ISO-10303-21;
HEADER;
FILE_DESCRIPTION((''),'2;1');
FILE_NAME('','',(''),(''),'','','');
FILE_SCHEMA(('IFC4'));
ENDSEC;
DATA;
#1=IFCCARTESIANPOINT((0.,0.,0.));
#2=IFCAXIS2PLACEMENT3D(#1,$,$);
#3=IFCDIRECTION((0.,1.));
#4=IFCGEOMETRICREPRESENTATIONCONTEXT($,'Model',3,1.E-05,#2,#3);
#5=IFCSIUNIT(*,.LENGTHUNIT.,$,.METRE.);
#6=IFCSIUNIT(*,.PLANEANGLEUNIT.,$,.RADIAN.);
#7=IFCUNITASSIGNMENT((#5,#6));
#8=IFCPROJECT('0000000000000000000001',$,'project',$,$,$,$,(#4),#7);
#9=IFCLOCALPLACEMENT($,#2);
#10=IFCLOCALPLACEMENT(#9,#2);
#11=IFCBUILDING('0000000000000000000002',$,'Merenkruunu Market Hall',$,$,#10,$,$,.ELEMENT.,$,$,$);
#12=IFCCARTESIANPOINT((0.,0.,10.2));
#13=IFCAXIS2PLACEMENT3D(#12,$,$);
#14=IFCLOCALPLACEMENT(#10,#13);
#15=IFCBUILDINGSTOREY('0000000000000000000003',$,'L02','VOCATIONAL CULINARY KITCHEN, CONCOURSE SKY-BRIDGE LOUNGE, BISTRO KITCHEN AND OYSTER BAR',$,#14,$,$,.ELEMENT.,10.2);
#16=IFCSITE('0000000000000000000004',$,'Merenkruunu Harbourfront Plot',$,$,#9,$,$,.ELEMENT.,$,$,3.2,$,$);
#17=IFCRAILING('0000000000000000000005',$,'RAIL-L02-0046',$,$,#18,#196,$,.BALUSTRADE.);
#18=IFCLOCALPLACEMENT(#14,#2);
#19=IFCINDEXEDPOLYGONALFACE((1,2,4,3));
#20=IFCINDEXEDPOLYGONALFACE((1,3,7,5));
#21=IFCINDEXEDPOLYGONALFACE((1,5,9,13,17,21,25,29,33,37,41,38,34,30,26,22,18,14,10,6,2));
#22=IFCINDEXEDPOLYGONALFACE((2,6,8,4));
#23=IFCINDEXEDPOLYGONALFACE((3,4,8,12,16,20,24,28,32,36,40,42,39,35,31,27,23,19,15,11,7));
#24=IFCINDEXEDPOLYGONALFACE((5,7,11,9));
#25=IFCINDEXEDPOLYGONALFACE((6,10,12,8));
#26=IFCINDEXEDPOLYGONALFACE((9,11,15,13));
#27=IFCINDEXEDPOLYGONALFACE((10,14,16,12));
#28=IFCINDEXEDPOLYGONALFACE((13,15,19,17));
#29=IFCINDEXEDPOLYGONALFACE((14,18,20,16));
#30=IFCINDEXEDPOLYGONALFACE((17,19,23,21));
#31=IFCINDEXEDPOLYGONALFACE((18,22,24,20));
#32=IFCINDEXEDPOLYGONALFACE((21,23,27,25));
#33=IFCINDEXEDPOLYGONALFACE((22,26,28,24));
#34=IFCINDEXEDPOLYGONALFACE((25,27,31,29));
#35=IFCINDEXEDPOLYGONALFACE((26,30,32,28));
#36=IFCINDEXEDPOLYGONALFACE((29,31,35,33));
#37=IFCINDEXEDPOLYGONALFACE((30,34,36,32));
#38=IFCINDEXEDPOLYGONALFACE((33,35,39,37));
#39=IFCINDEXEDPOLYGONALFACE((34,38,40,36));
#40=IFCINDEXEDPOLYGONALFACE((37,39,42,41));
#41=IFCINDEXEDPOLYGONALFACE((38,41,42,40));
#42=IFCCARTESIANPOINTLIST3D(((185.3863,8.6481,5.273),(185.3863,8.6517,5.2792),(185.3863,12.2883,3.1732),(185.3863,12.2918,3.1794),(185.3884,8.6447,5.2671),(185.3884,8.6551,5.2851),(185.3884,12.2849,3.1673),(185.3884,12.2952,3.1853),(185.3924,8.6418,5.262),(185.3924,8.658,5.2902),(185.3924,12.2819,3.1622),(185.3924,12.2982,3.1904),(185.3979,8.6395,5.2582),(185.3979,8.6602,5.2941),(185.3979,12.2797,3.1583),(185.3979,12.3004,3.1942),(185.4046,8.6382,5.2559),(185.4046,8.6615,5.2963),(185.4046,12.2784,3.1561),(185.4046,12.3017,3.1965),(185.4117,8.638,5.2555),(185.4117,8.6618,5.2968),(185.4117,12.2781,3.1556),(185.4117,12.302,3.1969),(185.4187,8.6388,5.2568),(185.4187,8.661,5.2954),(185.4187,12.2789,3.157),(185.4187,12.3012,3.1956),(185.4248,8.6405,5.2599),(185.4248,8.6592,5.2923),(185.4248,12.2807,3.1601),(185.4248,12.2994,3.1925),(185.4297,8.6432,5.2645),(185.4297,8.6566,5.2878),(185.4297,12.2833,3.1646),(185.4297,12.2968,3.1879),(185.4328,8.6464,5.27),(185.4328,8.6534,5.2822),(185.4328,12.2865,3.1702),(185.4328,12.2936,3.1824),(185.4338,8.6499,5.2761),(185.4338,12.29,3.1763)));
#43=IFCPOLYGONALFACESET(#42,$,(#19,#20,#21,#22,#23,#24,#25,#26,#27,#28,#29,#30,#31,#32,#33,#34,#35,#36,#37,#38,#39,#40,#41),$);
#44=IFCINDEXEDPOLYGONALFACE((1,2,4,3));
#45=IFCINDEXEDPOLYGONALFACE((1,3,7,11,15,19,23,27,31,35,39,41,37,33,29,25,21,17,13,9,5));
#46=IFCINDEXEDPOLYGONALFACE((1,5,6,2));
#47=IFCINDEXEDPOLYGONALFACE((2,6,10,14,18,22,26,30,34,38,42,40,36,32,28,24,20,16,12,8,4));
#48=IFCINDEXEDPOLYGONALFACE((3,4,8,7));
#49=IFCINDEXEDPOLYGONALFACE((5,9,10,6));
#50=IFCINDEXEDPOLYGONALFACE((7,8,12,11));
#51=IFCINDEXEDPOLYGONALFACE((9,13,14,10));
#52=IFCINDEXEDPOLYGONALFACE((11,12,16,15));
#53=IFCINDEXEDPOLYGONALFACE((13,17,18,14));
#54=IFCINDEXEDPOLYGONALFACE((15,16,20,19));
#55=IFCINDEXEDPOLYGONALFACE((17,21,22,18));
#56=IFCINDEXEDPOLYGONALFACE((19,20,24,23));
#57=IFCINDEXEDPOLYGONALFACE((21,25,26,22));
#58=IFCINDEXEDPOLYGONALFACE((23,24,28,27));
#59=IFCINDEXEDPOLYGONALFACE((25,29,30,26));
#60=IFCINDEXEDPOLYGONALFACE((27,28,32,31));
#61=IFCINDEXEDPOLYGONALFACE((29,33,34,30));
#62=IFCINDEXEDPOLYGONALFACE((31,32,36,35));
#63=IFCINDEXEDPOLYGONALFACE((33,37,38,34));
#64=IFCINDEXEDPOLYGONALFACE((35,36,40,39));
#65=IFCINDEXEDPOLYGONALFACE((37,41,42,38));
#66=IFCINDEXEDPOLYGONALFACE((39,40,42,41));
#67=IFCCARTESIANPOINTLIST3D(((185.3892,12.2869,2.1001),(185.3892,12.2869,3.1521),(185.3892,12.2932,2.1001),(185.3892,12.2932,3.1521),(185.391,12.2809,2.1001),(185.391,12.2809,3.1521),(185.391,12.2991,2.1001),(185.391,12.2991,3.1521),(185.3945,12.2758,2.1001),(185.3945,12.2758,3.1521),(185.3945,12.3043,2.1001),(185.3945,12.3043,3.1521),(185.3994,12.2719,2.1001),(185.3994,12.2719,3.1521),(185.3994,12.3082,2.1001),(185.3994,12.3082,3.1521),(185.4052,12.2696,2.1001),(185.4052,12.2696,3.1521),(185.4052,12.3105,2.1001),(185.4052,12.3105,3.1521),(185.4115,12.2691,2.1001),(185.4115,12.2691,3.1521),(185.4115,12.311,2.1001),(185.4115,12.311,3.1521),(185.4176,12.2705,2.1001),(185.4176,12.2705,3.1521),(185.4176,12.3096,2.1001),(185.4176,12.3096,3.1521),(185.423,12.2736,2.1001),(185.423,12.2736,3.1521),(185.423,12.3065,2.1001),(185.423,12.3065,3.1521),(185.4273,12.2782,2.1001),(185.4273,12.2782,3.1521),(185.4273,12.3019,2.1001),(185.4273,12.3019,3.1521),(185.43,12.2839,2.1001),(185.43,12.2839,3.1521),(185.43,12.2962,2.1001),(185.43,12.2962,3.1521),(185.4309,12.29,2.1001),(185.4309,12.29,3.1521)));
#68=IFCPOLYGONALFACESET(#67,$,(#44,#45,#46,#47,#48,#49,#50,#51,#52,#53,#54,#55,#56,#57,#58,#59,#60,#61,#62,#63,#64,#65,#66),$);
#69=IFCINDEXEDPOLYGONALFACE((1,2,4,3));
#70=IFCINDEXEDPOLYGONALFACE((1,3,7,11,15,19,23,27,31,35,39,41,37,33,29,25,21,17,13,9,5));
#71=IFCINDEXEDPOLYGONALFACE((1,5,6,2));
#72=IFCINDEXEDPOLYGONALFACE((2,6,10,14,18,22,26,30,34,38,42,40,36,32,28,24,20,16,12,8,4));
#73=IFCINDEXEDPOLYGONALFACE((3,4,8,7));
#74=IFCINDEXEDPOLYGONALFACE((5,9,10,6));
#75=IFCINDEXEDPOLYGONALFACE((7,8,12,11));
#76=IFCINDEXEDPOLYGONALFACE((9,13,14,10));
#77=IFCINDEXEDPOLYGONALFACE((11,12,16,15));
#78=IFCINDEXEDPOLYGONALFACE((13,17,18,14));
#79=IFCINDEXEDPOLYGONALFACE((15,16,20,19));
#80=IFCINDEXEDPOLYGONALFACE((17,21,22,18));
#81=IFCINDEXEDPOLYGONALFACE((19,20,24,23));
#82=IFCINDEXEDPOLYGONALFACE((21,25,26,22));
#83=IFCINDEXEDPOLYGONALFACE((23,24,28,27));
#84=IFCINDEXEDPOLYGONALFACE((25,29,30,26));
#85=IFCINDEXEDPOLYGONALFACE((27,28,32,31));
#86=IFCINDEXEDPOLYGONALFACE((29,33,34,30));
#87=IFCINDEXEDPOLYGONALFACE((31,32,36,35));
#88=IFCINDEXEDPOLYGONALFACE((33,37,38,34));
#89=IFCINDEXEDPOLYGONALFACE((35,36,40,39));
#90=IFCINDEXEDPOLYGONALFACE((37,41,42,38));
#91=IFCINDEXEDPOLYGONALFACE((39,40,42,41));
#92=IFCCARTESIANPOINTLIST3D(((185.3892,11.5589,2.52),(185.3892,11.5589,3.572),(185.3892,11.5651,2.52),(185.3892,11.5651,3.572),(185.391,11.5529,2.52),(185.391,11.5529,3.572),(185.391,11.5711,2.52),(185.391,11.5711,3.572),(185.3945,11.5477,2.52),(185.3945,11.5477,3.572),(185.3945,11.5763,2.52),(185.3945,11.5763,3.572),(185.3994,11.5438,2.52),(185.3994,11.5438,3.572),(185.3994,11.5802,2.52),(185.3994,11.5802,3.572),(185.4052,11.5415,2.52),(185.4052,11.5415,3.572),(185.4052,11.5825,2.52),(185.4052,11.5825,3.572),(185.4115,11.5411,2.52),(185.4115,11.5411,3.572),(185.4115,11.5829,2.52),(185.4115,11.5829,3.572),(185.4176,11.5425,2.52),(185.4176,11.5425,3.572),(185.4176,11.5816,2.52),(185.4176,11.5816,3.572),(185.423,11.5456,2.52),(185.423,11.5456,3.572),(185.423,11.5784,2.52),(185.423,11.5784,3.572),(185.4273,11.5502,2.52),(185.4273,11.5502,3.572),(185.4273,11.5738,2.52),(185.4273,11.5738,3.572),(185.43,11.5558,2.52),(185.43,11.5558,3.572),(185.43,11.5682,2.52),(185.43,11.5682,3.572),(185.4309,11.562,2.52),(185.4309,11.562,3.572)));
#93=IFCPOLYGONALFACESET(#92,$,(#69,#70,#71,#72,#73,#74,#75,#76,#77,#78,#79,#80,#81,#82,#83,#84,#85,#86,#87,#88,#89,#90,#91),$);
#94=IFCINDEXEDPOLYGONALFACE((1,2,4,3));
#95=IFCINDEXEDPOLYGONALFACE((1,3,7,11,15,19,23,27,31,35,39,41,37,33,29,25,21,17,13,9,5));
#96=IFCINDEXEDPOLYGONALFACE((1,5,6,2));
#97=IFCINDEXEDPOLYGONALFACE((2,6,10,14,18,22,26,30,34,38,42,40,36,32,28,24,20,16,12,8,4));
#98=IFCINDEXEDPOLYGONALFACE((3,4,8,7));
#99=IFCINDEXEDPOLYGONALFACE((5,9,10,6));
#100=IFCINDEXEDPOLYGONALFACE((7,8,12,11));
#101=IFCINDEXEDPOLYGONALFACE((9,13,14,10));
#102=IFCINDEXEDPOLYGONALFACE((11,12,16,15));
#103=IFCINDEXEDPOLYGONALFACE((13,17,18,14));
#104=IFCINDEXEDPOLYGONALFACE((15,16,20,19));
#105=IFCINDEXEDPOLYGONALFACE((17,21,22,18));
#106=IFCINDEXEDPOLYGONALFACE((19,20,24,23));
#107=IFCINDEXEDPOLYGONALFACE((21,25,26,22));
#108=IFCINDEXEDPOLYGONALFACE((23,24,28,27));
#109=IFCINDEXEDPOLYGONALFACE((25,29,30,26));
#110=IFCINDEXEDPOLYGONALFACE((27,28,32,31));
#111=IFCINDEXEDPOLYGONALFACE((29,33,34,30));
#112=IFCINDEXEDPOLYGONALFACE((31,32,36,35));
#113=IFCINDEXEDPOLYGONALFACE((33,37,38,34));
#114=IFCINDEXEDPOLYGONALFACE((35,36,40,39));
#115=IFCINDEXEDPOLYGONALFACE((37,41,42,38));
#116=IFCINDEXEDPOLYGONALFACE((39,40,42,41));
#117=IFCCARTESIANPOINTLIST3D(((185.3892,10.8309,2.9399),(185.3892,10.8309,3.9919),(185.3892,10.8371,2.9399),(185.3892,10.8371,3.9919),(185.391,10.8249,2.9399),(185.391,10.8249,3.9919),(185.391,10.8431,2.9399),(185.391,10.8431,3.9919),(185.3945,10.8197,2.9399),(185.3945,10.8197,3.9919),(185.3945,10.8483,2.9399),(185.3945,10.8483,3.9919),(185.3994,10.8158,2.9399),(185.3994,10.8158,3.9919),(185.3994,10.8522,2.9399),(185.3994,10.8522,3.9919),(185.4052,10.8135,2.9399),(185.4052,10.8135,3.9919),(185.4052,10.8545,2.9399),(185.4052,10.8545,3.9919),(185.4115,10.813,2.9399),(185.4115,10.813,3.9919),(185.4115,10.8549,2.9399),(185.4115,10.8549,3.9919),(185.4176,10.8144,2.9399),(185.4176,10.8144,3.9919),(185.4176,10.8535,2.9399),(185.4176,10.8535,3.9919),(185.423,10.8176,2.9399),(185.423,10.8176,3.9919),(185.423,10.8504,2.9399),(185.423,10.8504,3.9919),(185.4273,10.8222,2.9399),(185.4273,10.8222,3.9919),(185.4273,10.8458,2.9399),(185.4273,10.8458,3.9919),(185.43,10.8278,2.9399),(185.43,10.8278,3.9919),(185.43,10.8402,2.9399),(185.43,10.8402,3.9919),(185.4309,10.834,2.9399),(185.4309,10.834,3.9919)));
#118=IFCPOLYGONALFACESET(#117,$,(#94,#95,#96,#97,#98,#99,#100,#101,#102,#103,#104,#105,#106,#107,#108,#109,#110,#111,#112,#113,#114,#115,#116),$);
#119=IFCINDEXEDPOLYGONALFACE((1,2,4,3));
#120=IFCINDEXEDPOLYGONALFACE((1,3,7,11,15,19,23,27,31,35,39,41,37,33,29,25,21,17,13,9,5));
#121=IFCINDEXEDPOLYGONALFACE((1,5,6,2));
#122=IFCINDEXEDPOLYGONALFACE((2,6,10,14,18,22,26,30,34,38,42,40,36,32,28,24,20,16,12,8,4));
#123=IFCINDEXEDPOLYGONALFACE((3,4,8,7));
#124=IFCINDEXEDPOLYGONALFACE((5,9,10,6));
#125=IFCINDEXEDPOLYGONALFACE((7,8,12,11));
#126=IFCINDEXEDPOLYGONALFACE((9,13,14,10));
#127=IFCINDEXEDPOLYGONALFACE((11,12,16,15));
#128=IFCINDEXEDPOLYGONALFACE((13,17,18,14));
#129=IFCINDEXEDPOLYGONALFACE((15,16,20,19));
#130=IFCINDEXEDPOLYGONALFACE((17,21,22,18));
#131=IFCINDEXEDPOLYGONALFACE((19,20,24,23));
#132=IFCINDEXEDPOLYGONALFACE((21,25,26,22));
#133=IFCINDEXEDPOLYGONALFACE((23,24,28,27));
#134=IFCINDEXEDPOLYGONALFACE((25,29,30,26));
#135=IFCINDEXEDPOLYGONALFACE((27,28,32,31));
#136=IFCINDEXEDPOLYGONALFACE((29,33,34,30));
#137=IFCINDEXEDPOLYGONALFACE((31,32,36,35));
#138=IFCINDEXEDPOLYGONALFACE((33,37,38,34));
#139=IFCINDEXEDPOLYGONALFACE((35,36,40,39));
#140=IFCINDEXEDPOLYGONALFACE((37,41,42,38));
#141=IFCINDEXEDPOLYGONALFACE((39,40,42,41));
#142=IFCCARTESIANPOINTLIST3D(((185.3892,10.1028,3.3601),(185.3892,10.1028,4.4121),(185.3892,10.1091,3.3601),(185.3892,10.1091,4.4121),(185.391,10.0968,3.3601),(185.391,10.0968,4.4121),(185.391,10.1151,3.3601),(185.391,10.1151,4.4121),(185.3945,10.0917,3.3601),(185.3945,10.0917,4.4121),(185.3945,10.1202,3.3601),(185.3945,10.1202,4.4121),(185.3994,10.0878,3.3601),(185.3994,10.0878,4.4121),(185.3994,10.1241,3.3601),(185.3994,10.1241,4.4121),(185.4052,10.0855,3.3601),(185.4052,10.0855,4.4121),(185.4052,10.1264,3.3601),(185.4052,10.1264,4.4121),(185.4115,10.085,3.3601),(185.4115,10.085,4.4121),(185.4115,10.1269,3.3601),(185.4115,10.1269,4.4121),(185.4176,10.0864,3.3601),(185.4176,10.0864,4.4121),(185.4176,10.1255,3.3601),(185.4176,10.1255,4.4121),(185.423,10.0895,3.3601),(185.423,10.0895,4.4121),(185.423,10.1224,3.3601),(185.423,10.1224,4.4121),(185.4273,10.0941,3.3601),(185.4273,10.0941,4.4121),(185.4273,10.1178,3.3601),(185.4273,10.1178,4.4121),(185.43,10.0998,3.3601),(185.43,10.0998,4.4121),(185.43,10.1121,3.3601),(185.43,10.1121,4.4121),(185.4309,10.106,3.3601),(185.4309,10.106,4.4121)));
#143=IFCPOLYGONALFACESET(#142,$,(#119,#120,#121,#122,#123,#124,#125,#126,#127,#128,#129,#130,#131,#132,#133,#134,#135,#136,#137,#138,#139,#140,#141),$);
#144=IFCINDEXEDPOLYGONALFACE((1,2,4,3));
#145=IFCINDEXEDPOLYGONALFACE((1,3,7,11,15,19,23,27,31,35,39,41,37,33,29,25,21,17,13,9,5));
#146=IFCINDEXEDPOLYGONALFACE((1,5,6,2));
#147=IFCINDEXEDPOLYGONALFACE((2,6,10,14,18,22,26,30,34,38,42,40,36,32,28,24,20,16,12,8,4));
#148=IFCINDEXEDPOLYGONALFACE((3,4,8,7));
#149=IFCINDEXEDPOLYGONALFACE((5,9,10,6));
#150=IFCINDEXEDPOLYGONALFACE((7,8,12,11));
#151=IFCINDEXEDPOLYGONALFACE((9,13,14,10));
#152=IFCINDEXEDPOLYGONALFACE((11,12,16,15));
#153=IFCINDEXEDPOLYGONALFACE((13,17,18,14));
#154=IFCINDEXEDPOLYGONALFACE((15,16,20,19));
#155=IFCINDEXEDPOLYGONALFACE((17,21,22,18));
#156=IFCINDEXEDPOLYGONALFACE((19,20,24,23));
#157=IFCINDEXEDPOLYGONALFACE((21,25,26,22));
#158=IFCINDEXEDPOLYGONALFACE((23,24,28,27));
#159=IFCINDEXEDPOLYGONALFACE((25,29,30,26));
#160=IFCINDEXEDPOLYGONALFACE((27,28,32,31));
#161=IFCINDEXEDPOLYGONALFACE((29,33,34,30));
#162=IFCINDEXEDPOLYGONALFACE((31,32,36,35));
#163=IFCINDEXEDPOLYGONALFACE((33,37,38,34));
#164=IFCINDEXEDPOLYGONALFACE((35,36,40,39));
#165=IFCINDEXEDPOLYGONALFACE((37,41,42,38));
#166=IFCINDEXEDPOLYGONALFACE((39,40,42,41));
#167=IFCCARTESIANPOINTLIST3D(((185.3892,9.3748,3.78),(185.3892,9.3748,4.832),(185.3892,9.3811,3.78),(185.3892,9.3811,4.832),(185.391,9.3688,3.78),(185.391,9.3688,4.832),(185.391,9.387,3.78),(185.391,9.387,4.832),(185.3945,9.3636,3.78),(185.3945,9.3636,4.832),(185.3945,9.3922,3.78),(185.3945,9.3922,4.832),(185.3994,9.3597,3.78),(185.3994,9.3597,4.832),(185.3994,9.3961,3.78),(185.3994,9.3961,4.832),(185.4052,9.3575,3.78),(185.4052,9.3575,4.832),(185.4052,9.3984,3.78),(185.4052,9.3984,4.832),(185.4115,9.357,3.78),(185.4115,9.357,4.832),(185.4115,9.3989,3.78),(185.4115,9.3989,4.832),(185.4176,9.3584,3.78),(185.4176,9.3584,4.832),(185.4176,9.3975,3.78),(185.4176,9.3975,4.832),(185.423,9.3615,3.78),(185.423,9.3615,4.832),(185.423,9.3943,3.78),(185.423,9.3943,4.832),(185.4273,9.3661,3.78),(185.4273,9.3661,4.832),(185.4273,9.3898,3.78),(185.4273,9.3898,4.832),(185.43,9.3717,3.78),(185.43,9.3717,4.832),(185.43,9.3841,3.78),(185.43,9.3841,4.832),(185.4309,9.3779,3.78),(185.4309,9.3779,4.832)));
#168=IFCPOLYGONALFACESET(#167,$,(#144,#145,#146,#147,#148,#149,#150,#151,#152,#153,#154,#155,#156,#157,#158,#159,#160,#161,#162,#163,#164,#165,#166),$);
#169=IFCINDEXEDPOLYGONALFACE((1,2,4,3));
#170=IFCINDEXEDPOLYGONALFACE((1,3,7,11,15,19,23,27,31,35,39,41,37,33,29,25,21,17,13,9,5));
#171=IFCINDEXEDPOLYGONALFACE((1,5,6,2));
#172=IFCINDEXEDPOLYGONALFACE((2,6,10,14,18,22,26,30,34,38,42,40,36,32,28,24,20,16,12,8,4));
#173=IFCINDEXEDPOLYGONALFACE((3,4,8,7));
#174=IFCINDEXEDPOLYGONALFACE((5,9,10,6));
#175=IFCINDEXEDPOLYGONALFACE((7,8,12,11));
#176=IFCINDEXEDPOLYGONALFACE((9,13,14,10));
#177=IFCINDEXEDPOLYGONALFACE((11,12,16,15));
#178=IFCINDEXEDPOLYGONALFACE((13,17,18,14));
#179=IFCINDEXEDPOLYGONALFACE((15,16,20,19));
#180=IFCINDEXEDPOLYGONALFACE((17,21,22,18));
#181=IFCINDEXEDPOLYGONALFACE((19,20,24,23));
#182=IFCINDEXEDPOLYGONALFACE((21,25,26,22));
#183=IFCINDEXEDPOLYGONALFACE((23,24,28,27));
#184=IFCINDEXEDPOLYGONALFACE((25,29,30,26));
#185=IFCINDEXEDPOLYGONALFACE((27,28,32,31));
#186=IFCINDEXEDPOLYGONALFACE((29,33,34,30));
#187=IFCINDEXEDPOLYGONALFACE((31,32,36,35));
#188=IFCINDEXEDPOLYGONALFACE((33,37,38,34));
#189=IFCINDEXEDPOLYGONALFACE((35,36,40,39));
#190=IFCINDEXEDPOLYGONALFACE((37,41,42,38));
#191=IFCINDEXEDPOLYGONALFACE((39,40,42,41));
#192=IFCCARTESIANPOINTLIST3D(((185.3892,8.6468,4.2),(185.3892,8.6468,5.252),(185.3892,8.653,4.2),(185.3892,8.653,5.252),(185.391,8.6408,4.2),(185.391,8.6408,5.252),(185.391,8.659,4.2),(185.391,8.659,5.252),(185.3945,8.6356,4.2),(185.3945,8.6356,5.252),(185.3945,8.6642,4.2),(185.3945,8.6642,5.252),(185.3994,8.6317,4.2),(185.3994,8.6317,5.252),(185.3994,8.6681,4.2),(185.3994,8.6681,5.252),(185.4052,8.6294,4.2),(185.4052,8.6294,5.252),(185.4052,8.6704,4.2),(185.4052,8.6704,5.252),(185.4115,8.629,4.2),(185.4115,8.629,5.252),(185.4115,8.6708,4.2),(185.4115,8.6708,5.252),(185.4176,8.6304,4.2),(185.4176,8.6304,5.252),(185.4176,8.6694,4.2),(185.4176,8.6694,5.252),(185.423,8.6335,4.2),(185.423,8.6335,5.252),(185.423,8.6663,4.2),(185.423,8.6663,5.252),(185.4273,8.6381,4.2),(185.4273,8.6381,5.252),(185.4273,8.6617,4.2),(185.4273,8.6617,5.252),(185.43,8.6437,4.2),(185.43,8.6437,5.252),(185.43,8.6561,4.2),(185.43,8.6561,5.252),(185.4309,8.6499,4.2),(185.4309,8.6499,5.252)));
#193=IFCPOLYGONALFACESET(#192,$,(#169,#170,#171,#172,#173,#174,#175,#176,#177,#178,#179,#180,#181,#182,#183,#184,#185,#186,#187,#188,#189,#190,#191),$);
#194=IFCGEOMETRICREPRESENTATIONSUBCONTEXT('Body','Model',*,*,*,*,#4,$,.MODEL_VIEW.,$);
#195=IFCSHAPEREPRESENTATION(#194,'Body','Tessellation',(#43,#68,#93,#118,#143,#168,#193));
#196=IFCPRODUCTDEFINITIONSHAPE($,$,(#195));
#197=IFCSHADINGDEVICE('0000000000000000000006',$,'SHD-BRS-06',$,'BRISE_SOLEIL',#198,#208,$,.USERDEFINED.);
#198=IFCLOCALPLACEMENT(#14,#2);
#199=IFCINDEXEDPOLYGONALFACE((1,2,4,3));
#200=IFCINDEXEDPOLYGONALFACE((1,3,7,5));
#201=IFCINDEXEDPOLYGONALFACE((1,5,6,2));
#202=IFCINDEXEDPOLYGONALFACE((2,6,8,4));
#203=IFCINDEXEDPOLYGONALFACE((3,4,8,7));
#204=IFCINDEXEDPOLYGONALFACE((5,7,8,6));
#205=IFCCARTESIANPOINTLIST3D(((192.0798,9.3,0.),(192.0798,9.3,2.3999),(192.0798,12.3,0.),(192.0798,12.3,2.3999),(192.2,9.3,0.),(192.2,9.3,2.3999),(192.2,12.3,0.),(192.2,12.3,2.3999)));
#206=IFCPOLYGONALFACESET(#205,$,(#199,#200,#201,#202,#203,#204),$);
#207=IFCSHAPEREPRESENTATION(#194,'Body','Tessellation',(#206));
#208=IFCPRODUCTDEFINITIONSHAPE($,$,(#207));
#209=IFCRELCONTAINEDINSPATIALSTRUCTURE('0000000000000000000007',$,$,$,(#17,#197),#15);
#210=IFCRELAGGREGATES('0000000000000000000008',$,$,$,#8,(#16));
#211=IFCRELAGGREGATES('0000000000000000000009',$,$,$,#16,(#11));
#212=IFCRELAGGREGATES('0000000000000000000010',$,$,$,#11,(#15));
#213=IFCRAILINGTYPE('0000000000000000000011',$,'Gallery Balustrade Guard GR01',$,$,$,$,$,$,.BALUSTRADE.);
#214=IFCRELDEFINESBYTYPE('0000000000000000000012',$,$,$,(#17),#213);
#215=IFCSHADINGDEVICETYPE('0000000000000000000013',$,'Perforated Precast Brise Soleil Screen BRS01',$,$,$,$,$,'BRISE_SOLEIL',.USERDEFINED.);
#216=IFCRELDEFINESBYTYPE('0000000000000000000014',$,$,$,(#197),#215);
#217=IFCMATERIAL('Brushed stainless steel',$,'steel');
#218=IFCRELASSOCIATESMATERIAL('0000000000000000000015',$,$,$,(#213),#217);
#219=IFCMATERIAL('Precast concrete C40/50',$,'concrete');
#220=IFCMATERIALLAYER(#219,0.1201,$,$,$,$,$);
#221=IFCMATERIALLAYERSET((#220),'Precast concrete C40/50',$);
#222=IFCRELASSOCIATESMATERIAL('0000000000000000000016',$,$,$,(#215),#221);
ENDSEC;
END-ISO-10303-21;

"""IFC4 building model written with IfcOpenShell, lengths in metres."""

from ifc_helpers import new_model, si_unit, direction, frame, origin, origin_2d, place, context, subcontext, project, spatial, rectangle, circle, extrude, material, layer, layer_set, type_object, element, save


model = new_model("IFC4")

# Units and contexts
model_context = context("Model", 3, precision=1e-05, world=origin(), true_north=direction((0.0, 1.0)))
body_context = subcontext(model_context, "Body", "Model", "MODEL_VIEW")
ifc_project = project(units=[si_unit("LENGTHUNIT", "METRE"), si_unit("PLANEANGLEUNIT", "RADIAN")], contexts=[model_context])

# Site, building, storey
site_placement = place(None, origin())
site = spatial("IfcSite", under=ifc_project, at=site_placement, Name="Merenkruunu Harbourfront Plot", CompositionType="ELEMENT", RefElevation=3.2)
building_placement = place(site_placement, origin())
building = spatial("IfcBuilding", under=site, at=building_placement, Name="Merenkruunu Market Hall", CompositionType="ELEMENT")
storey_placement = place(building_placement, frame((0.0, 0.0, 10.2)))
storey = spatial("IfcBuildingStorey", under=building, at=storey_placement, Name="L02", Description="VOCATIONAL CULINARY KITCHEN, CONCOURSE SKY-BRIDGE LOUNGE, BISTRO KITCHEN AND OYSTER BAR", CompositionType="ELEMENT", Elevation=10.2)

# Railing
ifc_material_1 = material(Name="Brushed stainless steel", Category="steel")
railing_type_1 = type_object("IfcRailingType", Name="Gallery Balustrade Guard GR01", PredefinedType="BALUSTRADE", material=ifc_material_1)
railing_1_placement = place(storey_placement, frame((185.4099, 12.29, 2.1001)))
element("IfcRailing", 1, at=railing_1_placement, inside=storey, type_object=railing_type_1, Name="RAIL-L02-0046", PredefinedType="BALUSTRADE", context=body_context, shape_type="SweptSolid", body=[
    extrude(circle(Radius=0.0239, at=origin_2d()), frame((0.0, 0.0, 1.0762), z_axis=(0.0, -0.866209, 0.499682), x_axis=(1.0, 0.0, 0.0)), (0.0, 0.0, 1.0), 4.2024),
    extrude(circle(Radius=0.021, at=origin_2d()), origin(), (0.0, 0.0, 1.0), 1.052),
    extrude(circle(Radius=0.021, at=origin_2d()), frame((0.0, -0.728, 0.4199)), (0.0, 0.0, 1.0), 1.052),
    extrude(circle(Radius=0.021, at=origin_2d()), frame((0.0, -1.4561, 0.8398)), (0.0, 0.0, 1.0), 1.052),
    extrude(circle(Radius=0.021, at=origin_2d()), frame((0.0, -2.1841, 1.26)), (0.0, 0.0, 1.0), 1.052),
    extrude(circle(Radius=0.021, at=origin_2d()), frame((0.0, -2.9121, 1.6799)), (0.0, 0.0, 1.0), 1.052),
    extrude(circle(Radius=0.021, at=origin_2d()), frame((0.0, -3.6401, 2.0999)), (0.0, 0.0, 1.0), 1.052),
])

# Shading device
ifc_material_2 = material(Name="Precast concrete C40/50", Category="concrete")
ifc_layer_1 = layer(ifc_material_2, 0.1201)
ifc_layer_set_1 = layer_set([ifc_layer_1], Name="Precast concrete C40/50")
shading_device_type = type_object("IfcShadingDeviceType", Name="Perforated Precast Brise Soleil Screen BRS01", ElementType="BRISE_SOLEIL", PredefinedType="USERDEFINED", material=ifc_layer_set_1)
shading_device_placement = place(storey_placement, frame((192.1399, 10.8, 0.0), z_axis=(0.0, 0.0, 1.0), x_axis=(0.0, 1.0, 0.0)))
element("IfcShadingDevice", 2, at=shading_device_placement, inside=storey, type_object=shading_device_type, Name="SHD-BRS-06", ObjectType="BRISE_SOLEIL", PredefinedType="USERDEFINED", context=body_context, shape_type="SweptSolid", body=[
    extrude(rectangle(XDim=3.0, YDim=0.1201, at=origin_2d()), origin(), (0.0, 0.0, 1.0), 2.3999),
])

save(model, "model.ifc")
